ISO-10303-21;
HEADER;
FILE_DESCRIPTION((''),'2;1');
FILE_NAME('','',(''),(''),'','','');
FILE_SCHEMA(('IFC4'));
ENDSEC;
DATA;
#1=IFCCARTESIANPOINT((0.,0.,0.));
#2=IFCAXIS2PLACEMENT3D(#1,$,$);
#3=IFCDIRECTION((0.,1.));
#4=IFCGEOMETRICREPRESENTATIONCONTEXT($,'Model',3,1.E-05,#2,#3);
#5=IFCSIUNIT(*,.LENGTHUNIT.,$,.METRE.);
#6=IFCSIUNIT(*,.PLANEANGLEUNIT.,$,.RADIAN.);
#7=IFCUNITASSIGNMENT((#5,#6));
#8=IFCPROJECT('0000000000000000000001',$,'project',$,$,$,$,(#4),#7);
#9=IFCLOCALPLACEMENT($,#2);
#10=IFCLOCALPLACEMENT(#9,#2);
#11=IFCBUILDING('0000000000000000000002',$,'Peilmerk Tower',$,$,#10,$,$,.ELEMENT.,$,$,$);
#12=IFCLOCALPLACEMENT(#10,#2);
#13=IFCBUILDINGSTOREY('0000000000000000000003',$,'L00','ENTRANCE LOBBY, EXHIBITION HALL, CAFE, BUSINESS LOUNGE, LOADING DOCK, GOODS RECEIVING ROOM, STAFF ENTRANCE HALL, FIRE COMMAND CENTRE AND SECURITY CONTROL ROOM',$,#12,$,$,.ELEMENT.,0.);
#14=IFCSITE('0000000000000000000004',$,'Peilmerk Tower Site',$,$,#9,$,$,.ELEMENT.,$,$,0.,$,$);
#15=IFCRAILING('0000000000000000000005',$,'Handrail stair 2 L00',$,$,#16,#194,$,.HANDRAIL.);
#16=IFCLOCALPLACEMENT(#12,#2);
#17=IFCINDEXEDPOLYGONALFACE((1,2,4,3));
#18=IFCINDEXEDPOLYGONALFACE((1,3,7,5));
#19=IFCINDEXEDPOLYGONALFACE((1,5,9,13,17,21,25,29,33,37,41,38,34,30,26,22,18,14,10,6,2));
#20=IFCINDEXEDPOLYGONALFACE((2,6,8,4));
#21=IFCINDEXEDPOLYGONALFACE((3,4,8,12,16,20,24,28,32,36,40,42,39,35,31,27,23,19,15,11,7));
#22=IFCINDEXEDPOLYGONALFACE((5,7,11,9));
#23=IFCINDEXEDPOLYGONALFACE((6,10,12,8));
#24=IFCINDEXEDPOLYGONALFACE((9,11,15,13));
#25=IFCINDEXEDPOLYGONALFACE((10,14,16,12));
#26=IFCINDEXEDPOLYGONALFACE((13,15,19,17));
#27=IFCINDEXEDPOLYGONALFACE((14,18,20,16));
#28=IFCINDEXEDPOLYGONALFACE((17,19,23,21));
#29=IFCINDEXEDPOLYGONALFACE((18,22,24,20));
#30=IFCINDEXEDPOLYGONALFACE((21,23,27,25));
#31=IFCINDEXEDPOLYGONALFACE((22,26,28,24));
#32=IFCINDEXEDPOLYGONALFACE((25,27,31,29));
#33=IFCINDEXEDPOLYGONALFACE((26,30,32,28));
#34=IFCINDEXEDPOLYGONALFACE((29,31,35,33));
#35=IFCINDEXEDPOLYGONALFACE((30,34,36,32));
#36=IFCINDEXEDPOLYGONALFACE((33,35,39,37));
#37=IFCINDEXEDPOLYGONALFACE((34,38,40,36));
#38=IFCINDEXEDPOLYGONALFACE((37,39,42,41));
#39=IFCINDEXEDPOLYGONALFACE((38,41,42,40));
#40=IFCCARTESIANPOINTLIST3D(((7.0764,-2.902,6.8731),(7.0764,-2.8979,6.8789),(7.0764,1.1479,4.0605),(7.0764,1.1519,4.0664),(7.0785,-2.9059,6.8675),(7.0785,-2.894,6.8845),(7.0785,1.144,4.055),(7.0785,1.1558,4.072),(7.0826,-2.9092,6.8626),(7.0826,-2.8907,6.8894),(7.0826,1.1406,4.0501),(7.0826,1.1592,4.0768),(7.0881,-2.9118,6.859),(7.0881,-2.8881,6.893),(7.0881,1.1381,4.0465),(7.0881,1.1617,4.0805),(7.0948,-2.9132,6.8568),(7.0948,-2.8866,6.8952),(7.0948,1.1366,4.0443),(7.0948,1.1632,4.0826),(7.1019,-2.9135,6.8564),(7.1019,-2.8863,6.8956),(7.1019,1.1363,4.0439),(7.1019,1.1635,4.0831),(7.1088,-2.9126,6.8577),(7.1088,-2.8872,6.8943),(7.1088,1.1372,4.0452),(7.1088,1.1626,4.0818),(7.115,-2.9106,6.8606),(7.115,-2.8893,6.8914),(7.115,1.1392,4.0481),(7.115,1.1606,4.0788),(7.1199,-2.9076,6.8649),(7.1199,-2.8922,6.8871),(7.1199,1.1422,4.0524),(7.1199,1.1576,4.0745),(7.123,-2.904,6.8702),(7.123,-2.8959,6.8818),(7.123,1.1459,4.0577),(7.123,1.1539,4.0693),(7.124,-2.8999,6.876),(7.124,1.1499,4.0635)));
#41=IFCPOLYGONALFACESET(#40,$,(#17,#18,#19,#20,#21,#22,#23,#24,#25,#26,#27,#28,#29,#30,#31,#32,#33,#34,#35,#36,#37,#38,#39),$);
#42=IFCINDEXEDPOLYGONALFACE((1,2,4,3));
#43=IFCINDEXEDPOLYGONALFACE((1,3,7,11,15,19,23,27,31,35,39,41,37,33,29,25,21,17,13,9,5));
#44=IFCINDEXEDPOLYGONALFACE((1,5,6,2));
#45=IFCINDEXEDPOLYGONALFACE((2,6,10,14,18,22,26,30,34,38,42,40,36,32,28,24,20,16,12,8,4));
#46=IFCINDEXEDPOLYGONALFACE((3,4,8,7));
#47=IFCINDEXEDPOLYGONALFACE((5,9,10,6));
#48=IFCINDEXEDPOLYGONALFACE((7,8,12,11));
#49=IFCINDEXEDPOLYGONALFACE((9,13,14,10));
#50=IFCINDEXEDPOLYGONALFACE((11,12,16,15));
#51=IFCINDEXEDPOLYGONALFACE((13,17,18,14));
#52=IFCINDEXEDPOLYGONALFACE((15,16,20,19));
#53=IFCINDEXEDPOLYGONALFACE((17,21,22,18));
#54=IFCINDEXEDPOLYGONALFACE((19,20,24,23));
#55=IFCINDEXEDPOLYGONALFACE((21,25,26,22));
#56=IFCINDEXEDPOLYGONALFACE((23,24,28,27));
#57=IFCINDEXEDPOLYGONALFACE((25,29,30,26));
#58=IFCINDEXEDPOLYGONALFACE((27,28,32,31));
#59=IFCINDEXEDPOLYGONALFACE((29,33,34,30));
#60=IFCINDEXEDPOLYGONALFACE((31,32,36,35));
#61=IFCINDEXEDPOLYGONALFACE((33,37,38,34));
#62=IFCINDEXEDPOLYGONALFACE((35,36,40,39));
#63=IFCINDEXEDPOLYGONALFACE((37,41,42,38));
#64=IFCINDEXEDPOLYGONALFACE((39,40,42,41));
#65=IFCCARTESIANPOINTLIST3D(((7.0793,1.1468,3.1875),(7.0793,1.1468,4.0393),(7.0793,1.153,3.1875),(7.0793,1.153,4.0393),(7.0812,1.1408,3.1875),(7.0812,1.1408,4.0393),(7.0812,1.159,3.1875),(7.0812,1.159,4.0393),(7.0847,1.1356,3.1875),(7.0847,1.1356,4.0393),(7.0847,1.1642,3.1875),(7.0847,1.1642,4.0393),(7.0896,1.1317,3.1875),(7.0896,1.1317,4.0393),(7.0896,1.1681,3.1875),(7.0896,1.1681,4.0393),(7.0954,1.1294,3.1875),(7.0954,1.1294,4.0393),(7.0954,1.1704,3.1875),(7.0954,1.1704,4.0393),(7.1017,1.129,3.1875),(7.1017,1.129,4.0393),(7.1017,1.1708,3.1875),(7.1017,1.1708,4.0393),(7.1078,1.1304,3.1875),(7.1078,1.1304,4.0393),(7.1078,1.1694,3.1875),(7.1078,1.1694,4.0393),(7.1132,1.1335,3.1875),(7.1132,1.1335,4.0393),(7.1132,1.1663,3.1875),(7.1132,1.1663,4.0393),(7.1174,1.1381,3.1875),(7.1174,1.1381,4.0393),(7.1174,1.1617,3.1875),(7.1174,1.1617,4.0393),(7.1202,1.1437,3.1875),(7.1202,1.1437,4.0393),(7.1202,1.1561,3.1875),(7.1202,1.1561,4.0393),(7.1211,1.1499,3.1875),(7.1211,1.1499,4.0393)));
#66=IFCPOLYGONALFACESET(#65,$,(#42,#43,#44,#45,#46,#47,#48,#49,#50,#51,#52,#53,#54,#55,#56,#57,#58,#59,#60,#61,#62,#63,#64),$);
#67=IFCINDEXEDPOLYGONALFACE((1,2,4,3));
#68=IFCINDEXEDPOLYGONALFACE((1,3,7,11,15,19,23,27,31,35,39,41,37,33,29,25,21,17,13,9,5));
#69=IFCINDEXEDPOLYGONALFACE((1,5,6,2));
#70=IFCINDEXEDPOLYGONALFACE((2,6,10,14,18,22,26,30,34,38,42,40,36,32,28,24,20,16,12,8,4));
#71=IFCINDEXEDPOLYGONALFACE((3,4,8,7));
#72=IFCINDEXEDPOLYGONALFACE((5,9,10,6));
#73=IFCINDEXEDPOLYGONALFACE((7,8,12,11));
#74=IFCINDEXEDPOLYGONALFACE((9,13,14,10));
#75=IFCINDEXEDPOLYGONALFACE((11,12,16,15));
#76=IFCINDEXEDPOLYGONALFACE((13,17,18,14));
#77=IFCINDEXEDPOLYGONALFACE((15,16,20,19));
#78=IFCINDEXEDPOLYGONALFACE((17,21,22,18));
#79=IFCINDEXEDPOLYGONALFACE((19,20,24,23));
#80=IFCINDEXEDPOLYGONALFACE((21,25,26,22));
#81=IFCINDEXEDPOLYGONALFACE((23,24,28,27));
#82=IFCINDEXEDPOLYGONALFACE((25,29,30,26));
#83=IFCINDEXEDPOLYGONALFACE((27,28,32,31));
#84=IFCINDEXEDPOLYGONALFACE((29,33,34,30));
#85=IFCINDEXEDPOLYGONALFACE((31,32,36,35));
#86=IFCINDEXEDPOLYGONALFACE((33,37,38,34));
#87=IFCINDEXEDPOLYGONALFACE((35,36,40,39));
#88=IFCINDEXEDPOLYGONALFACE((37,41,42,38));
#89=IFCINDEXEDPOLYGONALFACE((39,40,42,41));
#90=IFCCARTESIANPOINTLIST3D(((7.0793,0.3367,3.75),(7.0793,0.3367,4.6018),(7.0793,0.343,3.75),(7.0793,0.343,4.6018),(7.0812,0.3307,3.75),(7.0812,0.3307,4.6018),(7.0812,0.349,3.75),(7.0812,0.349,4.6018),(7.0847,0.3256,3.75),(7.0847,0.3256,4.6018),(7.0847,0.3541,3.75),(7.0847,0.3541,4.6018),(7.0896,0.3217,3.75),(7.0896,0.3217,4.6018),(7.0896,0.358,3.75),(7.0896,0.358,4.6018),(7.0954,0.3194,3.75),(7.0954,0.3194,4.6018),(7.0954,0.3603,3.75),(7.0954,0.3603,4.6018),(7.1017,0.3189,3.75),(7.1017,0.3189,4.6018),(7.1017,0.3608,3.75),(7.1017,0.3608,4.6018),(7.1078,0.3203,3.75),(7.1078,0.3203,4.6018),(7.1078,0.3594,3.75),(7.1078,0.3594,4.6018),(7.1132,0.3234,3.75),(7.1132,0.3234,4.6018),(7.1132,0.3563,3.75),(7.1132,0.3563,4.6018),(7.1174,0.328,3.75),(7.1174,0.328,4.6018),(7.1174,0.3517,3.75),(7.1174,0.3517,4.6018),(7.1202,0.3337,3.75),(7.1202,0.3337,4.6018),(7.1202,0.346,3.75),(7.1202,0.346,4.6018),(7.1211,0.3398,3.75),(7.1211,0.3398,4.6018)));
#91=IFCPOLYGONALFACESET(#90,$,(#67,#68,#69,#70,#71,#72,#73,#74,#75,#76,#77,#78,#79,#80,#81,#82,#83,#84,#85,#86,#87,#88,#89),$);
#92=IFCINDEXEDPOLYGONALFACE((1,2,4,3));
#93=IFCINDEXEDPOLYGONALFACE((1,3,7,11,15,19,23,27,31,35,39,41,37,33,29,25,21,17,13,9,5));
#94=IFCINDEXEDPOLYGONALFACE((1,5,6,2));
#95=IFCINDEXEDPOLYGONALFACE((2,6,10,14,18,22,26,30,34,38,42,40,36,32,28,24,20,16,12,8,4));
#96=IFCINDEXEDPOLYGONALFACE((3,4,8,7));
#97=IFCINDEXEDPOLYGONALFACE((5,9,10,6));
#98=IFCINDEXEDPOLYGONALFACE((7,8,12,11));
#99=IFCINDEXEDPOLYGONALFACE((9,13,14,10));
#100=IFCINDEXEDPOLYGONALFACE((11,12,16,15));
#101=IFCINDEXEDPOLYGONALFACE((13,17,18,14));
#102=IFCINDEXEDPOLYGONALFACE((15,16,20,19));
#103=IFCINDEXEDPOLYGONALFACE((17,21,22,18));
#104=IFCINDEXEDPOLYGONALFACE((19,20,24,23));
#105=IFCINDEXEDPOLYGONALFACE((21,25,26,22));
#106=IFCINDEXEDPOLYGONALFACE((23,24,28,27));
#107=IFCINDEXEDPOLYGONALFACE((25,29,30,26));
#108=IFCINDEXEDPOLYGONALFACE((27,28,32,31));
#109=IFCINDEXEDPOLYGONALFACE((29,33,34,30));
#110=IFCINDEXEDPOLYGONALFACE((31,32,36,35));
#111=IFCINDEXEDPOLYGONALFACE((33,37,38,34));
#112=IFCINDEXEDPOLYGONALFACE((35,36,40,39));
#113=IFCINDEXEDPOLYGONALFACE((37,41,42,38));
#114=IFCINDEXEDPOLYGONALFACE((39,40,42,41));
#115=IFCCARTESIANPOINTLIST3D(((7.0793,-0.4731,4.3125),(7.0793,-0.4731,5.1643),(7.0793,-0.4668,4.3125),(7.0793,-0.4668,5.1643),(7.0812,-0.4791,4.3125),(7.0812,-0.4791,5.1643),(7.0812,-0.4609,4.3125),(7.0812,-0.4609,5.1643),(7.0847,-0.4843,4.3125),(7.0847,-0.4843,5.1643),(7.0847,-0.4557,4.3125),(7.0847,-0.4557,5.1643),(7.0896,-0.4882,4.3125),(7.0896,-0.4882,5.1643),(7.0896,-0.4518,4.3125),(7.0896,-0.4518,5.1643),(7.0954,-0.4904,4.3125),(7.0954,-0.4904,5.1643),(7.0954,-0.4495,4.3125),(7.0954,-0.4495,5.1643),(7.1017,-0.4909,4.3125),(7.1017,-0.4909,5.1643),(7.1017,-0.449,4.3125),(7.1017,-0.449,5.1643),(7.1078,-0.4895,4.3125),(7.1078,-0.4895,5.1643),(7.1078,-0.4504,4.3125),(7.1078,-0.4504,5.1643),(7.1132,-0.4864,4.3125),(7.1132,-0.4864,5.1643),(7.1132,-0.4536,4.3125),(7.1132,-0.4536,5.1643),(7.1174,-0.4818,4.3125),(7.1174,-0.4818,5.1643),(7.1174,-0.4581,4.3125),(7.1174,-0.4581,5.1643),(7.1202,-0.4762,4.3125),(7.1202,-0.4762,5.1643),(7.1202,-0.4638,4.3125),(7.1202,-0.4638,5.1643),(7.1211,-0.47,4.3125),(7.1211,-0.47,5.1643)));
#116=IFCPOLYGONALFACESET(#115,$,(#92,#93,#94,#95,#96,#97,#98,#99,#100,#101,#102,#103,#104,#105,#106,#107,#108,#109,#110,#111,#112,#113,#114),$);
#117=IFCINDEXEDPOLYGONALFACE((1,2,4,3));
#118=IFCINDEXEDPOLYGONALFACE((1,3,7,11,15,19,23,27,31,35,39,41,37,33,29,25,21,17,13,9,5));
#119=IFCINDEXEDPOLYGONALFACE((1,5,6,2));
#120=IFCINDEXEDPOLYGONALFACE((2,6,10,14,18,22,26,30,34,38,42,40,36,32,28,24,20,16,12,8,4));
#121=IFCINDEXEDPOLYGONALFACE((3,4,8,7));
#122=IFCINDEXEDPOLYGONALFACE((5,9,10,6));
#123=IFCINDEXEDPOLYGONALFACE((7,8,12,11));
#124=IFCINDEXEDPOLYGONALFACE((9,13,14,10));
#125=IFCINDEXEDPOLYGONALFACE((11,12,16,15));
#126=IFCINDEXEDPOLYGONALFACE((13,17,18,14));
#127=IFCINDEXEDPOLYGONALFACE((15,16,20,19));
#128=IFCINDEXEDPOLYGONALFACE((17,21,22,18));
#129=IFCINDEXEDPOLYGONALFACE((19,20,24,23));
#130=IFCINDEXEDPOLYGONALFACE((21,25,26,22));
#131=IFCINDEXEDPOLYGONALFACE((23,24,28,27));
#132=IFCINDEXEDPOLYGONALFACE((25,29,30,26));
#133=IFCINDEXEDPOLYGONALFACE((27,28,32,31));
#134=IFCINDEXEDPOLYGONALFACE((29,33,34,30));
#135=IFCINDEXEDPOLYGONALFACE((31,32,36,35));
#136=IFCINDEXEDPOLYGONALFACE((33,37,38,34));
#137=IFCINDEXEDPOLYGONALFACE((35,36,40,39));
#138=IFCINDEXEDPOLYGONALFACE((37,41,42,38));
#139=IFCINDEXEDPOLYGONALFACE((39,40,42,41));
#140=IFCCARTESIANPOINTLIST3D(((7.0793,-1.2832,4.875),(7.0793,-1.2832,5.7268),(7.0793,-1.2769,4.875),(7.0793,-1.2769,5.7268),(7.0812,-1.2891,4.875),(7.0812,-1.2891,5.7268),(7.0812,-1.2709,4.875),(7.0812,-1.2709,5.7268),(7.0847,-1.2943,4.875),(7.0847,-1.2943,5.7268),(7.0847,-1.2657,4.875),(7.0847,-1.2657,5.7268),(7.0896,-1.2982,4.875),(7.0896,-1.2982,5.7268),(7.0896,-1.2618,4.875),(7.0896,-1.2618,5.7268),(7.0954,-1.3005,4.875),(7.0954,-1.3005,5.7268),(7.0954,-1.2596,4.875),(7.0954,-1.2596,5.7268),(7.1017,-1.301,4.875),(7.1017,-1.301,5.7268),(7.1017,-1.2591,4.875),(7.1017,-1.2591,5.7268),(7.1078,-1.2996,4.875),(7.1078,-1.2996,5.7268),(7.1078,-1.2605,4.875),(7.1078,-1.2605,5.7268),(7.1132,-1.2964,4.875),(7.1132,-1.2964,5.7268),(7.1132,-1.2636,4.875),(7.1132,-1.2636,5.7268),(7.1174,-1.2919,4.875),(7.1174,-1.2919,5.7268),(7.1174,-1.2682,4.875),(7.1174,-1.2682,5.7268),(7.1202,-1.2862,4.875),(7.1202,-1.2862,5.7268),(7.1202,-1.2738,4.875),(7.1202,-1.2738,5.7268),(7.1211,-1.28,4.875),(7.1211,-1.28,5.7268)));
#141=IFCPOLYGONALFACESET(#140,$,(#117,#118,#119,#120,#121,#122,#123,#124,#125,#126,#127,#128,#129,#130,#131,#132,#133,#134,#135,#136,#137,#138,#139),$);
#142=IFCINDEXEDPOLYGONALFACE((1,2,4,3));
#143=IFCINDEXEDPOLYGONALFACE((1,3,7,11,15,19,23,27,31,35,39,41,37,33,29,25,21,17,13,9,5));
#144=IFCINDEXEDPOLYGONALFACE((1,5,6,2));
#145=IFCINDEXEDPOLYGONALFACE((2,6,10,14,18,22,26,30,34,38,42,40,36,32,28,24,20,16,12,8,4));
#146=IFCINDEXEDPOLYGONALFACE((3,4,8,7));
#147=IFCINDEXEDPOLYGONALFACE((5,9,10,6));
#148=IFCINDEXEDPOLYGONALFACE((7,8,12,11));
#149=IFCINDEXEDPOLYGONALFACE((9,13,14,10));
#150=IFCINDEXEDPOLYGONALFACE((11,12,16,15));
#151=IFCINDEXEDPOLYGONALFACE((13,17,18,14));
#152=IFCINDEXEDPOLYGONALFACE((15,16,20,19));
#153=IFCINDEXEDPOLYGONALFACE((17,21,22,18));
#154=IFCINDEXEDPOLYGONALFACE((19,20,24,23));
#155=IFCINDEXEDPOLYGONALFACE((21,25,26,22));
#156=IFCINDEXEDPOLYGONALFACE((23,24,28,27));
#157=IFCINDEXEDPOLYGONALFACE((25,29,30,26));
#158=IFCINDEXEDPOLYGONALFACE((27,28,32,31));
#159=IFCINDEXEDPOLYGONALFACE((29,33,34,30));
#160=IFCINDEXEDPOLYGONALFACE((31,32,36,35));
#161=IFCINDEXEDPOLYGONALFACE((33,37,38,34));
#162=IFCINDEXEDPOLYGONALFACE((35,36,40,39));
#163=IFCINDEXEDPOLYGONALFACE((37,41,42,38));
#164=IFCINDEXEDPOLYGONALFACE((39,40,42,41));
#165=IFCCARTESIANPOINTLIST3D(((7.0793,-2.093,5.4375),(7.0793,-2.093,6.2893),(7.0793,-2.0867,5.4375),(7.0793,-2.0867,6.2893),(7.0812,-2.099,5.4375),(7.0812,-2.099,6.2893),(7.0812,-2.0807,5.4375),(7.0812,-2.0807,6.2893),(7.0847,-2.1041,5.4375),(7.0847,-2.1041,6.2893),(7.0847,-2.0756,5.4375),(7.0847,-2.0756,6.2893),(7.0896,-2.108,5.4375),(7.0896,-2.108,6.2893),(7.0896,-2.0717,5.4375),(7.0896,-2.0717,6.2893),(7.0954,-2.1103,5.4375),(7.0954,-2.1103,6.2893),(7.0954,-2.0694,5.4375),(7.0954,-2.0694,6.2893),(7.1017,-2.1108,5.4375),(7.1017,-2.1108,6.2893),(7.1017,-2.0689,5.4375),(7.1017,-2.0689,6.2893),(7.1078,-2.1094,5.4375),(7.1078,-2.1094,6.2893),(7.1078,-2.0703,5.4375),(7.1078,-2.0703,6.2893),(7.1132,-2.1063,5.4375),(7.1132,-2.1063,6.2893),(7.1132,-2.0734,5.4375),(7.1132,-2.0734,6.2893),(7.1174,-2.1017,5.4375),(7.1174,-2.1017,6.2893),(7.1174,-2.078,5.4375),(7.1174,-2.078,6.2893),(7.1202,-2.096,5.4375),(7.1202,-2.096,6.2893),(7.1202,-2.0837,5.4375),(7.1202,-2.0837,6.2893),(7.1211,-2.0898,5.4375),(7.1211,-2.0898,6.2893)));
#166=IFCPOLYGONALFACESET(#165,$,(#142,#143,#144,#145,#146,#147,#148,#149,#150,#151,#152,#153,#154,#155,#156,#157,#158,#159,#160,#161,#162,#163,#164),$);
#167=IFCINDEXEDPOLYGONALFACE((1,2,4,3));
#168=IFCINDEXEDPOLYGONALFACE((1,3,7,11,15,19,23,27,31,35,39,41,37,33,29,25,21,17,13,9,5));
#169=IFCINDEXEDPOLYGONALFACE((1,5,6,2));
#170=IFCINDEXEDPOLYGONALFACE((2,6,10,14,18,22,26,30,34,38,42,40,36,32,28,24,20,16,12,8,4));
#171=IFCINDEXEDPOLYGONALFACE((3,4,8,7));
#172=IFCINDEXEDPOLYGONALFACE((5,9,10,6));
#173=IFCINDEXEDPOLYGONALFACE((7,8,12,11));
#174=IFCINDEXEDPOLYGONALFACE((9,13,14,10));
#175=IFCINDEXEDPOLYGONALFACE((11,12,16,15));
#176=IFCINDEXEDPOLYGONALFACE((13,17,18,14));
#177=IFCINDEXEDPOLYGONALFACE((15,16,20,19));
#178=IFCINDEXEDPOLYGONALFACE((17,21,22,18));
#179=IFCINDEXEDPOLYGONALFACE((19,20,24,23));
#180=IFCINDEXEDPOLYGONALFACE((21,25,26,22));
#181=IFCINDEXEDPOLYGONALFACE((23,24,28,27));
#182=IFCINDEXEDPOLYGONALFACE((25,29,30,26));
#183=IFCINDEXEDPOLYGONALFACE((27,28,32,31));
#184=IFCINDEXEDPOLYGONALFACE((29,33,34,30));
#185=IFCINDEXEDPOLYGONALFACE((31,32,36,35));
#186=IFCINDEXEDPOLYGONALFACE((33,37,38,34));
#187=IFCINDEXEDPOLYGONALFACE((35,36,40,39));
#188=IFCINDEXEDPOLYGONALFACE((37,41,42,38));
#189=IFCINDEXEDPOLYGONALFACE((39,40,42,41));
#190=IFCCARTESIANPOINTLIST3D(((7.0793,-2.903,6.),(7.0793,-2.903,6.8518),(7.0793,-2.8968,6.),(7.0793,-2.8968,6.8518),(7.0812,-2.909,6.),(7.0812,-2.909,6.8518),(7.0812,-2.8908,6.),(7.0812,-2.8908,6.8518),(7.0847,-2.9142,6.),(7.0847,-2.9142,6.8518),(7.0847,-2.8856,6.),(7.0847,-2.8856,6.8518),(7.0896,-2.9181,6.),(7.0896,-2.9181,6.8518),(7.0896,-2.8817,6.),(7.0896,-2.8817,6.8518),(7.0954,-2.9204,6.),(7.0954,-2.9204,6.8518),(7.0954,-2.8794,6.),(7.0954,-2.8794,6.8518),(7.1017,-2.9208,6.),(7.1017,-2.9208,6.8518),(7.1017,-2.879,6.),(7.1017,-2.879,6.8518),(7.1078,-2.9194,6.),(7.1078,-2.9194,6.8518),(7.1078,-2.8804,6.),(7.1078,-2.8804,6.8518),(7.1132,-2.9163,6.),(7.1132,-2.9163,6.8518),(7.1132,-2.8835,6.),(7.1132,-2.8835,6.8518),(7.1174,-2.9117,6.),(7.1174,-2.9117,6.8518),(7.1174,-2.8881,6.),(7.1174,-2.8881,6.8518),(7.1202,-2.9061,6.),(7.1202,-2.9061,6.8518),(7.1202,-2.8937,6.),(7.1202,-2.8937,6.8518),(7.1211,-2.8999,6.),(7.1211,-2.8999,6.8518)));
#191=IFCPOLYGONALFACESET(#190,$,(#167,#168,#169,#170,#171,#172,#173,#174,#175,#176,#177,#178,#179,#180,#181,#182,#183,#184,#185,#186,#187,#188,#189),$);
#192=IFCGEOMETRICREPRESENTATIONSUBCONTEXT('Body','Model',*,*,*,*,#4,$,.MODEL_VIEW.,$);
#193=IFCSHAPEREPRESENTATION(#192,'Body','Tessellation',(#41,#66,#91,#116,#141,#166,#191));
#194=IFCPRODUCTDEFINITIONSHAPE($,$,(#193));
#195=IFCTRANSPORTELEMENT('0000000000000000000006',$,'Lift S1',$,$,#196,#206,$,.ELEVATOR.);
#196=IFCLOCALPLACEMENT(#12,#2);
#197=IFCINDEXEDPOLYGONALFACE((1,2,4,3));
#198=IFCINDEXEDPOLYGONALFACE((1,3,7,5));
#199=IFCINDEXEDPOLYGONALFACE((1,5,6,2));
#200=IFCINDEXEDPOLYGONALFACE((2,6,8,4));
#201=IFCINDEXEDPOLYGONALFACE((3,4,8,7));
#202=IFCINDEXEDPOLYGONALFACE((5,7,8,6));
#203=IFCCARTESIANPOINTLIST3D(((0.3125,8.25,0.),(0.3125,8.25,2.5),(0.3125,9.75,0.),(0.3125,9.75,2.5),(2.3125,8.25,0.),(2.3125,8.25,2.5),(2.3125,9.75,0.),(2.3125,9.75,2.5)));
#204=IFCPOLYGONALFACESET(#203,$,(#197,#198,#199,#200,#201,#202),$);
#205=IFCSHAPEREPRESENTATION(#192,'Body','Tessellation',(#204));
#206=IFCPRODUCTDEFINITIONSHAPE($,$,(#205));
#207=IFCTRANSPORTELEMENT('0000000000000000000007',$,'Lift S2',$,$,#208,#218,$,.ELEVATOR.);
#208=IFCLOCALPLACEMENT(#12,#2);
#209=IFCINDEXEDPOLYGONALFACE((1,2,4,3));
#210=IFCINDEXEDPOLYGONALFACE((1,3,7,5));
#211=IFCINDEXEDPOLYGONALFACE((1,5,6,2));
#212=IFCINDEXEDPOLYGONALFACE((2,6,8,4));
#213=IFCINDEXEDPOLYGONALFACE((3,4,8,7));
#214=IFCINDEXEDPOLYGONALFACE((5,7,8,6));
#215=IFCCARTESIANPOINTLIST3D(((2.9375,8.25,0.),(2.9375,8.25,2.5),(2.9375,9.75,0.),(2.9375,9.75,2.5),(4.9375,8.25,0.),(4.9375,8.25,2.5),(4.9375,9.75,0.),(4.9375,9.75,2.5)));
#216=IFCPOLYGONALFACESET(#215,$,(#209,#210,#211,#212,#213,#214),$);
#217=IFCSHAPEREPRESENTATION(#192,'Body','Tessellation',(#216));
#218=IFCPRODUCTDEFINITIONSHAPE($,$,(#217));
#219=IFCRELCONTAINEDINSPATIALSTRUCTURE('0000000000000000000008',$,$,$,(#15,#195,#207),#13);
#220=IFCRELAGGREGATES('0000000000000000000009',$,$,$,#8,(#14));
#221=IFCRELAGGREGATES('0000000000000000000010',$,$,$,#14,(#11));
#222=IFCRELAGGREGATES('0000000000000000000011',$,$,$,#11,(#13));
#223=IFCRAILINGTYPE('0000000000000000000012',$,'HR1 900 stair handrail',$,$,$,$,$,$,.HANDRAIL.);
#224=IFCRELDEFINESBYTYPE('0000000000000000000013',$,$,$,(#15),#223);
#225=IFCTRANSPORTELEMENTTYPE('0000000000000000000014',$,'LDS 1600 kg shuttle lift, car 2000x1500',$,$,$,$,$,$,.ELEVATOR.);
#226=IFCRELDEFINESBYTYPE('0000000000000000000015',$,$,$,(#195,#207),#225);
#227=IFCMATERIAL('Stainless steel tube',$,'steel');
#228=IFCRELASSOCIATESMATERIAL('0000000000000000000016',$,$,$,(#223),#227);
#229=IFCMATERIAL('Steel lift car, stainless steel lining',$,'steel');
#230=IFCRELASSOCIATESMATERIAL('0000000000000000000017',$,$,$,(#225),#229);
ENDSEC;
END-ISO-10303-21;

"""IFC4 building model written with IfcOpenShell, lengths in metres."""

from ifc_helpers import new_model, si_unit, direction, frame, origin, origin_with_axes, origin_2d, place, context, subcontext, project, spatial, rectangle, circle, extrude, material, type_object, element, save


model = new_model("IFC4")

# Units and contexts
model_context = context("Model", 3, precision=1e-05, world=origin(), true_north=direction((0.0, 1.0)))
body_context = subcontext(model_context, "Body", "Model", "MODEL_VIEW")
ifc_project = project(units=[si_unit("LENGTHUNIT", "METRE"), si_unit("PLANEANGLEUNIT", "RADIAN")], contexts=[model_context])

# Site, building, storey
site_placement = place(None, origin())
site = spatial("IfcSite", under=ifc_project, at=site_placement, Name="Peilmerk Tower Site", CompositionType="ELEMENT", RefElevation=0.0)
building_placement = place(site_placement, origin())
building = spatial("IfcBuilding", under=site, at=building_placement, Name="Peilmerk Tower", CompositionType="ELEMENT")
storey_placement = place(building_placement, origin())
storey = spatial("IfcBuildingStorey", under=building, at=storey_placement, Name="L00", Description="ENTRANCE LOBBY, EXHIBITION HALL, CAFE, BUSINESS LOUNGE, LOADING DOCK, GOODS RECEIVING ROOM, STAFF ENTRANCE HALL, FIRE COMMAND CENTRE AND SECURITY CONTROL ROOM", CompositionType="ELEMENT", Elevation=0.0)

# Railing
ifc_material_1 = material(Name="Stainless steel tube", Category="steel")
railing_type = type_object("IfcRailingType", Name="HR1 900 stair handrail", PredefinedType="HANDRAIL", material=ifc_material_1)
railing_placement = place(storey_placement, frame((7.1001, 1.1499, 3.1875)))
element("IfcRailing", 1, at=railing_placement, inside=storey, type_object=railing_type, Name="Handrail stair 2 L00", PredefinedType="HANDRAIL", context=body_context, shape_type="SweptSolid", body=[
    extrude(circle(Radius=0.0239, at=origin_2d()), frame((0.0, 0.0, 0.876), z_axis=(0.0, -0.821357, 0.570414), x_axis=(1.0, 0.0, 0.0)), (0.0, 0.0, 1.0), 4.9307),
    extrude(circle(Radius=0.021, at=origin_2d()), origin(), (0.0, 0.0, 1.0), 0.8518),
    extrude(circle(Radius=0.021, at=origin_2d()), frame((0.0, -0.8101, 0.5625)), (0.0, 0.0, 1.0), 0.8518),
    extrude(circle(Radius=0.021, at=origin_2d()), frame((0.0, -1.6199, 1.125)), (0.0, 0.0, 1.0), 0.8518),
    extrude(circle(Radius=0.021, at=origin_2d()), frame((0.0, -2.4299, 1.6875)), (0.0, 0.0, 1.0), 0.8518),
    extrude(circle(Radius=0.021, at=origin_2d()), frame((0.0, -3.2397, 2.25)), (0.0, 0.0, 1.0), 0.8518),
    extrude(circle(Radius=0.021, at=origin_2d()), frame((0.0, -4.0498, 2.8125)), (0.0, 0.0, 1.0), 0.8518),
])

# Transport elements
ifc_material_2 = material(Name="Steel lift car, stainless steel lining", Category="steel")
transport_element_type = type_object("IfcTransportElementType", Name="LDS 1600 kg shuttle lift, car 2000x1500", PredefinedType="ELEVATOR", material=ifc_material_2)
for number, where, z_axis, x_axis, name in (
    (2, (1.3125, 9.0, 0.0), (0.0, 0.0, 1.0), (1.0, 0.0, 0.0), "Lift S1"),
    (3, (3.9375, 9.0, 0.0), (0.0, 0.0, 1.0), (1.0, 0.0, 0.0), "Lift S2"),
):
    element("IfcTransportElement", number, at=place(storey_placement, frame(where, z_axis=z_axis, x_axis=x_axis)), inside=storey, type_object=transport_element_type, Name=name, PredefinedType="ELEVATOR", context=body_context, shape_type="SweptSolid", body=[
        extrude(rectangle(XDim=2.0, YDim=1.5, at=origin_2d()), origin_with_axes(), (0.0, 0.0, 1.0), 2.5),
    ])

save(model, "model.ifc")
